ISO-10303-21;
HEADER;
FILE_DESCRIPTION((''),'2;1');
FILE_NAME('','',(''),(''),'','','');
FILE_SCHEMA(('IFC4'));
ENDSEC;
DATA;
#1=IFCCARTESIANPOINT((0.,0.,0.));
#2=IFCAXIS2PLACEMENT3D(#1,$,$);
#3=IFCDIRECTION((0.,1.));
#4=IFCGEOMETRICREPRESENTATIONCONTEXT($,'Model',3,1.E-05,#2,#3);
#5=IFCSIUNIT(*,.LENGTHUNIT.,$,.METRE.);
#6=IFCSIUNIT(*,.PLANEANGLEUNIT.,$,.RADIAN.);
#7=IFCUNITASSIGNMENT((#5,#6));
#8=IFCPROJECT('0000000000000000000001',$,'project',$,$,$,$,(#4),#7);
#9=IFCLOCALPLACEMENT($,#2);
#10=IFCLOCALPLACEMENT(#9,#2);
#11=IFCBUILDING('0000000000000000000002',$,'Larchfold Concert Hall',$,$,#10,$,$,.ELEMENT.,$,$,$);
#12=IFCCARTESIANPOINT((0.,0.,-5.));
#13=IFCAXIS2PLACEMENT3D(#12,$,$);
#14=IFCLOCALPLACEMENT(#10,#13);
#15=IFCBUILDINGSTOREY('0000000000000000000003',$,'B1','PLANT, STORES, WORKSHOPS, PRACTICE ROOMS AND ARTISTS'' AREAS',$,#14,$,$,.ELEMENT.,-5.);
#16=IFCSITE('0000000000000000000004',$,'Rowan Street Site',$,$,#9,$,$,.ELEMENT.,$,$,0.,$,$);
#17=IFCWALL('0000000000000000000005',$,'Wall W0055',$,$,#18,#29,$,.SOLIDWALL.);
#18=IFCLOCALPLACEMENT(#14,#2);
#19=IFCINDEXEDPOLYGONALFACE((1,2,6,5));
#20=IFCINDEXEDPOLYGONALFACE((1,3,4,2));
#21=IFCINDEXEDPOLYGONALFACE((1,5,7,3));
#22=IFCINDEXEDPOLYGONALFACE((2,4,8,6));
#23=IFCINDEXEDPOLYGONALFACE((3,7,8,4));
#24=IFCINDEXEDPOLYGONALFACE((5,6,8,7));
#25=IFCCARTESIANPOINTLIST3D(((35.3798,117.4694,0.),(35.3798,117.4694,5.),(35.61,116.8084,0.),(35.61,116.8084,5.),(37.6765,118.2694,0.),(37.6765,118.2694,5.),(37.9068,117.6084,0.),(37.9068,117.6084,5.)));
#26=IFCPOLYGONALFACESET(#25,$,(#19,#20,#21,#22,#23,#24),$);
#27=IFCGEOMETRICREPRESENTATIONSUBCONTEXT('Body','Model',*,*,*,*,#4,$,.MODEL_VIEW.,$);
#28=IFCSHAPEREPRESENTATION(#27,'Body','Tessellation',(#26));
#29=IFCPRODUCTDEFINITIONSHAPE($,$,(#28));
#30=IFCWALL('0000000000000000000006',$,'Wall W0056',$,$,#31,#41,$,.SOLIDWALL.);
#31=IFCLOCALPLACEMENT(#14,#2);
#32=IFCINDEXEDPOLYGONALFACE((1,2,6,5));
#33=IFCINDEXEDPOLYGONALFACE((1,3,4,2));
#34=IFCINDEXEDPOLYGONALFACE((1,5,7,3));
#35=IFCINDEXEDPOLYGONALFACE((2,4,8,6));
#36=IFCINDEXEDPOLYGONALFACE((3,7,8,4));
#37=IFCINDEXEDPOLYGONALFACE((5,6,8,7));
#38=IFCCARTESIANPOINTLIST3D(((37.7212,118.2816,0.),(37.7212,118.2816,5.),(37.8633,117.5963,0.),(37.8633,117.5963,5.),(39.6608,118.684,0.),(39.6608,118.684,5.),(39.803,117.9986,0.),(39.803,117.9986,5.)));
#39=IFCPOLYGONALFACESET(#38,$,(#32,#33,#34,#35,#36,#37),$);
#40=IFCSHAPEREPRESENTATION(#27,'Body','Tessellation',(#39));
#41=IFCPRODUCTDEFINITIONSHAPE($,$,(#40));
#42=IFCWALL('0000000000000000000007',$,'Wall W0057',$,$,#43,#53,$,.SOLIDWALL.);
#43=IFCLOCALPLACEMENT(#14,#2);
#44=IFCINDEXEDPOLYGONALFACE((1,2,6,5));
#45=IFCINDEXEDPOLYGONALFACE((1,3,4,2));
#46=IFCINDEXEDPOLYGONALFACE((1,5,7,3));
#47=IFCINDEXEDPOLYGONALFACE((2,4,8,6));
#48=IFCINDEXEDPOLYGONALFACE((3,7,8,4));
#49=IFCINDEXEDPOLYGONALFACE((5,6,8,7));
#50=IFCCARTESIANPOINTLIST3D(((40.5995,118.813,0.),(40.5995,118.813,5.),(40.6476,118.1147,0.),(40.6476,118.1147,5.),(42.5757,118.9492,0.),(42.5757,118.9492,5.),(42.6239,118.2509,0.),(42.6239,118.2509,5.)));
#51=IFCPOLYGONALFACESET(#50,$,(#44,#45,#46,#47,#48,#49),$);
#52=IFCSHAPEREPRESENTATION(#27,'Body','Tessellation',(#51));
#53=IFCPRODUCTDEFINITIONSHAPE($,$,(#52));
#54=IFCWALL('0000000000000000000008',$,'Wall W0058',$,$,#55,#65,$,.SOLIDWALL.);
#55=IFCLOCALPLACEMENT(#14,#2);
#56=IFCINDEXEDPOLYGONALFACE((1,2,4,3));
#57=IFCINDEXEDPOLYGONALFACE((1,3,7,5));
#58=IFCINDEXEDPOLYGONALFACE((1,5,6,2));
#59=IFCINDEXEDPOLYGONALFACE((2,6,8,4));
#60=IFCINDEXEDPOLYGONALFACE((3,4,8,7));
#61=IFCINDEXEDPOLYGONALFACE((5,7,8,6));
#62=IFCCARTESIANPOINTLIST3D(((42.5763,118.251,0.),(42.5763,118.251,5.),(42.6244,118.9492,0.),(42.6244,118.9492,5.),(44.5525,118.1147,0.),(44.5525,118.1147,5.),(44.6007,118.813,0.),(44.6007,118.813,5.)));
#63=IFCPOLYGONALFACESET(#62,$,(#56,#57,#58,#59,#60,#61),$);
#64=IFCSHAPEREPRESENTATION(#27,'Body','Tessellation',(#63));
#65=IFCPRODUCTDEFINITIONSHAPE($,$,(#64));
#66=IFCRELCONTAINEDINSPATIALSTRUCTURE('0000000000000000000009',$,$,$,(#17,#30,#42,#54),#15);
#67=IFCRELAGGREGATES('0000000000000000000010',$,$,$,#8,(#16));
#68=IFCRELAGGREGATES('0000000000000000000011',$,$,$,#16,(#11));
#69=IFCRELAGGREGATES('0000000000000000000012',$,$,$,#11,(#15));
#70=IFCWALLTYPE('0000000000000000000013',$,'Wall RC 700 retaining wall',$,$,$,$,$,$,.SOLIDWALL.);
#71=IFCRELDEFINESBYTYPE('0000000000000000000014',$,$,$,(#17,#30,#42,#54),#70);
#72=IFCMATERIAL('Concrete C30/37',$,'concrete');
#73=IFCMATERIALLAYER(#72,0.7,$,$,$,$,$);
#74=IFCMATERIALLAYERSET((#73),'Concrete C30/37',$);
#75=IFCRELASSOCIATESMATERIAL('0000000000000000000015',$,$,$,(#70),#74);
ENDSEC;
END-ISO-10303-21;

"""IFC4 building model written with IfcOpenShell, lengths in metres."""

from ifc_helpers import new_model, si_unit, direction, frame, frame_2d, origin, place, context, subcontext, project, spatial, rectangle, extrude, material, layer, layer_set, type_object, element, save


model = new_model("IFC4")

# Units and contexts
model_context = context("Model", 3, precision=1e-05, world=origin(), true_north=direction((0.0, 1.0)))
body_context = subcontext(model_context, "Body", "Model", "MODEL_VIEW")
ifc_project = project(units=[si_unit("LENGTHUNIT", "METRE"), si_unit("PLANEANGLEUNIT", "RADIAN")], contexts=[model_context])

# Site, building, storey
site_placement = place(None, origin())
site = spatial("IfcSite", under=ifc_project, at=site_placement, Name="Rowan Street Site", CompositionType="ELEMENT", RefElevation=0.0)
building_placement = place(site_placement, origin())
building = spatial("IfcBuilding", under=site, at=building_placement, Name="Larchfold Concert Hall", CompositionType="ELEMENT")
storey_placement = place(building_placement, frame((0.0, 0.0, -5.0)))
storey = spatial("IfcBuildingStorey", under=building, at=storey_placement, Name="B1", Description="PLANT, STORES, WORKSHOPS, PRACTICE ROOMS AND ARTISTS' AREAS", CompositionType="ELEMENT", Elevation=-5.0)

# Walls
ifc_material_1 = material(Name="Concrete C30/37", Category="concrete")
ifc_layer = layer(ifc_material_1, 0.7)
ifc_layer_set = layer_set([ifc_layer], Name="Concrete C30/37")
wall_type = type_object("IfcWallType", Name="Wall RC 700 retaining wall", PredefinedType="SOLIDWALL", material=ifc_layer_set)
wall_1_placement = place(storey_placement, frame((35.4949, 117.1389, 0.0), z_axis=(0.0, 0.0, 1.0), x_axis=(0.944352, 0.328937, 0.0)))
element("IfcWall", 1, at=wall_1_placement, inside=storey, type_object=wall_type, Name="Wall W0055", PredefinedType="SOLIDWALL", context=body_context, shape_type="SweptSolid", body=[
    extrude(rectangle(XDim=2.4321, YDim=0.7, at=frame_2d((1.2161, 0.0))), origin(), (0.0, 0.0, 1.0), 5.0),
])
for number, where, z_axis, x_axis, name in (
    (2, (37.7922, 117.939, 0.0), (0.0, 0.0, 1.0), (0.979157, 0.203103, 0.0), "Wall W0056"),
    (3, (40.6235, 118.4639, 0.0), (0.0, 0.0, 1.0), (0.997633, 0.068768, 0.0), "Wall W0057"),
    (4, (42.6003, 118.6001, 0.0), (0.0, 0.0, 1.0), (0.997633, -0.068768, 0.0), "Wall W0058"),
):
    element("IfcWall", number, at=place(storey_placement, frame(where, z_axis=z_axis, x_axis=x_axis)), inside=storey, type_object=wall_type, Name=name, PredefinedType="SOLIDWALL", context=body_context, shape_type="SweptSolid", body=[
        extrude(rectangle(XDim=1.981, YDim=0.7, at=frame_2d((0.9905, 0.0))), origin(), (0.0, 0.0, 1.0), 5.0),
    ])

save(model, "model.ifc")
